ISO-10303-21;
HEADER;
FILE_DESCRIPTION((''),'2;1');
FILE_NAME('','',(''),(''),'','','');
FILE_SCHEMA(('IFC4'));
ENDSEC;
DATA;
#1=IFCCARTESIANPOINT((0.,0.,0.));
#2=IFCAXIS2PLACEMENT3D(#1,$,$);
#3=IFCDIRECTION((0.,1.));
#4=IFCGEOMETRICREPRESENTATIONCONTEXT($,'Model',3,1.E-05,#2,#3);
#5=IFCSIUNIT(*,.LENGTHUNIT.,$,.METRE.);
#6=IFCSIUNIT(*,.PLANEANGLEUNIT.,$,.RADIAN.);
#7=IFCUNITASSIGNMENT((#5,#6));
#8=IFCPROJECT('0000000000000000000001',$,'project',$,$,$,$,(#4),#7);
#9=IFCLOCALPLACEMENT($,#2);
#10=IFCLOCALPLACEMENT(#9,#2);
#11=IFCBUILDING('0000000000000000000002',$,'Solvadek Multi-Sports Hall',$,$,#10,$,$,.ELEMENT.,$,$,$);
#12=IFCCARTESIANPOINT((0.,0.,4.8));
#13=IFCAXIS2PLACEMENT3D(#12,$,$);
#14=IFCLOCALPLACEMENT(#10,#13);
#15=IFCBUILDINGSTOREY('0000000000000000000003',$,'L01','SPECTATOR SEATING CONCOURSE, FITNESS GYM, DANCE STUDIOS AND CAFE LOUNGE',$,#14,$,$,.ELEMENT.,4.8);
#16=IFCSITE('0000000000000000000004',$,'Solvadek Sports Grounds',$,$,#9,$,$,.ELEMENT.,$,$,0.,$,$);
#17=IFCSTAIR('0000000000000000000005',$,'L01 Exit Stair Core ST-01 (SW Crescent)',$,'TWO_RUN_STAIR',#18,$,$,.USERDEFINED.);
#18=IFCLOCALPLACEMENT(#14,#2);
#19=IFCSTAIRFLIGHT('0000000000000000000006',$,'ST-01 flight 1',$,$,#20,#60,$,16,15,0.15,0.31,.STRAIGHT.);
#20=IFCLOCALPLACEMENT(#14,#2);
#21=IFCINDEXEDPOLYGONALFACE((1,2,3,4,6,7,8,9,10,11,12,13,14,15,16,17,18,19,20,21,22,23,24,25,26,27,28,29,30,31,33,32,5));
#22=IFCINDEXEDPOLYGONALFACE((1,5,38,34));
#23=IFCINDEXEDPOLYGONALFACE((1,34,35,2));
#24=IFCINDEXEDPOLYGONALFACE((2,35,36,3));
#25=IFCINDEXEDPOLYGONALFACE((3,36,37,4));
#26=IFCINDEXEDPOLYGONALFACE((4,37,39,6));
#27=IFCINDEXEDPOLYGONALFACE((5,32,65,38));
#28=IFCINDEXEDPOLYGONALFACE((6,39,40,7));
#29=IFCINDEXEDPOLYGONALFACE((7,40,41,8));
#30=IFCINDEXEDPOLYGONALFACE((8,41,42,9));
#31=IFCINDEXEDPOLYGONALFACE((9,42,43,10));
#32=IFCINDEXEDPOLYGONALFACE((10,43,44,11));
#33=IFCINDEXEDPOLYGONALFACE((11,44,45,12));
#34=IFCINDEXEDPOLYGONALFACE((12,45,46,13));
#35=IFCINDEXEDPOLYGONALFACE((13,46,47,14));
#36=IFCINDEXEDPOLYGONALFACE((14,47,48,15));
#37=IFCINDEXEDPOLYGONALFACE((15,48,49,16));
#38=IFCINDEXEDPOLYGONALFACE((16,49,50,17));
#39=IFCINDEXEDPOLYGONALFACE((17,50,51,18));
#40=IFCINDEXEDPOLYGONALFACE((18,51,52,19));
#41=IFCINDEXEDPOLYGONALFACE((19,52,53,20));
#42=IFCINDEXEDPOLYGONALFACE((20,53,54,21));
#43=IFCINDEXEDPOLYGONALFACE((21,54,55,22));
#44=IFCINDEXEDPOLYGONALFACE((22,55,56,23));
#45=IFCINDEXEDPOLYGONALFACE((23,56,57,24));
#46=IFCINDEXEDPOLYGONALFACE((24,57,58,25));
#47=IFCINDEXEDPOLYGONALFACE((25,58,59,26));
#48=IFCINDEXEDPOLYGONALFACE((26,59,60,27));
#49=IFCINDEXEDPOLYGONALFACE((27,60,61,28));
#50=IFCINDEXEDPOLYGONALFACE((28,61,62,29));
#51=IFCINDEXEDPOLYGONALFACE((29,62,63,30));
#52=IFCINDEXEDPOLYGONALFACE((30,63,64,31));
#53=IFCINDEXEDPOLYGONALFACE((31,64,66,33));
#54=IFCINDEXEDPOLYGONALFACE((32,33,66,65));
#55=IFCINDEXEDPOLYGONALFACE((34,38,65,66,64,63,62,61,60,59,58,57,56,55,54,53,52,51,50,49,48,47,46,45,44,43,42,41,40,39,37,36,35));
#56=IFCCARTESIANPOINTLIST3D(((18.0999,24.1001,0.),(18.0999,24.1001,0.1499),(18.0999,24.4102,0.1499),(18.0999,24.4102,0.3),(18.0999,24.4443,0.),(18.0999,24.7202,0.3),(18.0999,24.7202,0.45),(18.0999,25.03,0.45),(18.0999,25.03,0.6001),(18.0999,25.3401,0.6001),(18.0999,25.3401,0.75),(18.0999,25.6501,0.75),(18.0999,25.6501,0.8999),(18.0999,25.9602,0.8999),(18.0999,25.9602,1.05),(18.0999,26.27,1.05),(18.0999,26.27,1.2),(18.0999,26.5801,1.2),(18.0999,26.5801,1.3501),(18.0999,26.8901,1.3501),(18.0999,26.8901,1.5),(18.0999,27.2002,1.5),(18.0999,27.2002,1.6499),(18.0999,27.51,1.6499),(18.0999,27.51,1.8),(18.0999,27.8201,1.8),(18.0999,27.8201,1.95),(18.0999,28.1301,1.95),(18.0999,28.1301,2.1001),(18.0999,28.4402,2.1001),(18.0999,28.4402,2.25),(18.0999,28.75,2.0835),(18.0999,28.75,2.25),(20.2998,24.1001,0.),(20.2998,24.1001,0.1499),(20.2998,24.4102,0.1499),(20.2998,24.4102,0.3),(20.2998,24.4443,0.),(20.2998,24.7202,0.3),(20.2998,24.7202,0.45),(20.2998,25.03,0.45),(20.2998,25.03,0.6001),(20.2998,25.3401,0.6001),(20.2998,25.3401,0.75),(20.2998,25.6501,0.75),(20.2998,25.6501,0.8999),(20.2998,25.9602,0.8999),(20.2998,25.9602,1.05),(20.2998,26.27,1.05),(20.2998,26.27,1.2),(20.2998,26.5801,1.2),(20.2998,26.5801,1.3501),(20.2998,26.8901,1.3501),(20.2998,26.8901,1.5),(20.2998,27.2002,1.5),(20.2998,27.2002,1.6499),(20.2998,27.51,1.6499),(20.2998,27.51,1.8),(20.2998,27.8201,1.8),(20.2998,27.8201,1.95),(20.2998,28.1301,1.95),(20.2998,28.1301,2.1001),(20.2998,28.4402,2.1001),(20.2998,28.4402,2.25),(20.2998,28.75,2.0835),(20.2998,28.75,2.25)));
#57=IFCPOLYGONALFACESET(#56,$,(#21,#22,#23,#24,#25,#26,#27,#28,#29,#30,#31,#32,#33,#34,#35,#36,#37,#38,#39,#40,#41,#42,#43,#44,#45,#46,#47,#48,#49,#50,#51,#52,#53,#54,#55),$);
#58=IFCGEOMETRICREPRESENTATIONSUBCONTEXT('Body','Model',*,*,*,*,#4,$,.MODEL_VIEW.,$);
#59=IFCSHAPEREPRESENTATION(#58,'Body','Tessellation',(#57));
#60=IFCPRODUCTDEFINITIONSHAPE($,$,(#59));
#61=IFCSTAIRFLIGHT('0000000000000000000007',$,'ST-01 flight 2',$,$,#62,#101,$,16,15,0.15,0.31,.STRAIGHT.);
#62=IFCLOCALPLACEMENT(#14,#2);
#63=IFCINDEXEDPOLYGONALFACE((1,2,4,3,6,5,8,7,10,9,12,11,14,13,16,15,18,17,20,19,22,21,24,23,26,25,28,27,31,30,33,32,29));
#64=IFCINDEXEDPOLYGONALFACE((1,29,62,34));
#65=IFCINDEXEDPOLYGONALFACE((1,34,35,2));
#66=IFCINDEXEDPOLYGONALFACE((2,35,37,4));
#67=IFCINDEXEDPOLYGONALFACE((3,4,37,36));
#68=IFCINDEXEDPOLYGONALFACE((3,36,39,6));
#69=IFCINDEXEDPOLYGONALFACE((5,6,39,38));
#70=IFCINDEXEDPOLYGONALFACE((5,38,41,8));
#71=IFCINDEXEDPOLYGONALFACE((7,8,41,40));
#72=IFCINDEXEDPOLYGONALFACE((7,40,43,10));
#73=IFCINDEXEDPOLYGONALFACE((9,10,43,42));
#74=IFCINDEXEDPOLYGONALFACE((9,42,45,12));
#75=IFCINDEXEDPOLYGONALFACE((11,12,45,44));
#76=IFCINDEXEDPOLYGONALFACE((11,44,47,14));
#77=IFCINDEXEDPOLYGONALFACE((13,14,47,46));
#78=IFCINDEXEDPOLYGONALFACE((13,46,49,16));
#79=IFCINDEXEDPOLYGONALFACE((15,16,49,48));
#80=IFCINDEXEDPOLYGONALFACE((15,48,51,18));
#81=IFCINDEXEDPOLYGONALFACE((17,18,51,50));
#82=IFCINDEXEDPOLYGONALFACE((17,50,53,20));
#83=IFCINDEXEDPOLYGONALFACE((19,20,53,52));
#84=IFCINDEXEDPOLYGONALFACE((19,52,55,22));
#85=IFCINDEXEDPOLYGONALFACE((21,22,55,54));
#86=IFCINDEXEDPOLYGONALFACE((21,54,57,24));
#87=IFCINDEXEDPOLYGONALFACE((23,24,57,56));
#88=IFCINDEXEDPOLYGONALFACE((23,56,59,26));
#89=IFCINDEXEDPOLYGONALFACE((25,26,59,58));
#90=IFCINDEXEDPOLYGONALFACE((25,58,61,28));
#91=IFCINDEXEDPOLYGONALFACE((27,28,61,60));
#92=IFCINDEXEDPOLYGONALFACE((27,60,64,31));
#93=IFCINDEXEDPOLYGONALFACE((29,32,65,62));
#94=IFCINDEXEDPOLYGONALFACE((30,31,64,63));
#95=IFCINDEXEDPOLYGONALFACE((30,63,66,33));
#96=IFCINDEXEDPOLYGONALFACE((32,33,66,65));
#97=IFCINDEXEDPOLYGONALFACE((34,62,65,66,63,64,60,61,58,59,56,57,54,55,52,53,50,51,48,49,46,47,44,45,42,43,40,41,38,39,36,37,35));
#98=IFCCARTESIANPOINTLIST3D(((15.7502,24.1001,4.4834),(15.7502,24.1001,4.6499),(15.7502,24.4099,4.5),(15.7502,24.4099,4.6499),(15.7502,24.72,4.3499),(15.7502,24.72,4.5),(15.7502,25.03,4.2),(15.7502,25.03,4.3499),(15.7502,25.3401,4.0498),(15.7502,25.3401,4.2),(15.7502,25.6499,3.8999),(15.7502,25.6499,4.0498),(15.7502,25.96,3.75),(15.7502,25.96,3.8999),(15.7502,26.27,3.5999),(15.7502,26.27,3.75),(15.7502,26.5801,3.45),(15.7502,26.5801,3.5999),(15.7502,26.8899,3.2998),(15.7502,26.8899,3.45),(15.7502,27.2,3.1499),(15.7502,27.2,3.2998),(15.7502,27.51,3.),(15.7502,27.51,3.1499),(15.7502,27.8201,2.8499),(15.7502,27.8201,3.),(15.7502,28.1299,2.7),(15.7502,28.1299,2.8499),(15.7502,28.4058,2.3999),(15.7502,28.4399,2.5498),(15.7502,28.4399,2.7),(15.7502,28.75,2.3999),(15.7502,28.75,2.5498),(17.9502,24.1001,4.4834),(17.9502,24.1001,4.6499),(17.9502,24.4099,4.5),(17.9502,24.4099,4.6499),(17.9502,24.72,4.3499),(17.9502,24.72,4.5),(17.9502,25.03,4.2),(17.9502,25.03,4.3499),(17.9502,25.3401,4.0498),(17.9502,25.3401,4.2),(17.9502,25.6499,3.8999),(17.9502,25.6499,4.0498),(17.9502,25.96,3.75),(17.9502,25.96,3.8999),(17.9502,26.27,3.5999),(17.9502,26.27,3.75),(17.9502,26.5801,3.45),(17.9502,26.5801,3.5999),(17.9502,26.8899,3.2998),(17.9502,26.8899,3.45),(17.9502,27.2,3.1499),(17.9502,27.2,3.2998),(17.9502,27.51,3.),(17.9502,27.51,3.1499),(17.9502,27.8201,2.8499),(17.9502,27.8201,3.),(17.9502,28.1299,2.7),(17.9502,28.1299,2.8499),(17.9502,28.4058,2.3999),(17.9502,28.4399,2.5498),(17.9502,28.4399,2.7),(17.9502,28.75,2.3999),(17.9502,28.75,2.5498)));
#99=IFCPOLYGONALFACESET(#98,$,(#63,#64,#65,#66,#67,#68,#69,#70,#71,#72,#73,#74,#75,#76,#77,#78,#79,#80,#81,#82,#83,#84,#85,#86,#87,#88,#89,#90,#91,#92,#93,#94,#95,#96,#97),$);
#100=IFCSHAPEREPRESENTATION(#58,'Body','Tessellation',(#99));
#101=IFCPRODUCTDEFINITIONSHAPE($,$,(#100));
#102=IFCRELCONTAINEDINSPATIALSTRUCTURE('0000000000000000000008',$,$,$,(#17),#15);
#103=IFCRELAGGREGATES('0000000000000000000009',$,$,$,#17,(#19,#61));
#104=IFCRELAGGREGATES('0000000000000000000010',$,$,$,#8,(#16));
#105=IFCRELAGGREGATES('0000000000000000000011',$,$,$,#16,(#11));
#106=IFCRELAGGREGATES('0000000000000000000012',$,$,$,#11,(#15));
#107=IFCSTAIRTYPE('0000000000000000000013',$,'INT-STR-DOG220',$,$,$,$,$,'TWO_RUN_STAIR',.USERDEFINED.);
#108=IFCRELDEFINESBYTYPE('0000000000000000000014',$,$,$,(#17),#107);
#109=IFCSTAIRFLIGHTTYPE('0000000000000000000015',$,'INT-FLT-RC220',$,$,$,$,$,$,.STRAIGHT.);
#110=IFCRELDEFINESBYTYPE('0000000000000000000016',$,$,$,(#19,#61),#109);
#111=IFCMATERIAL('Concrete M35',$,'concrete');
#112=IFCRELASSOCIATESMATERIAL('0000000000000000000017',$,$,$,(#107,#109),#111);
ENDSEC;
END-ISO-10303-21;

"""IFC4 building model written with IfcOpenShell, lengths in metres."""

from ifc_helpers import new_model, si_unit, direction, frame, origin, place, context, subcontext, project, spatial, polyline, outline, extrude, material, type_object, element, aggregate, save


model = new_model("IFC4")

# Units and contexts
model_context = context("Model", 3, precision=1e-05, world=origin(), true_north=direction((0.0, 1.0)))
body_context = subcontext(model_context, "Body", "Model", "MODEL_VIEW")
ifc_project = project(units=[si_unit("LENGTHUNIT", "METRE"), si_unit("PLANEANGLEUNIT", "RADIAN")], contexts=[model_context])

# Site, building, storey
site_placement = place(None, origin())
site = spatial("IfcSite", under=ifc_project, at=site_placement, Name="Solvadek Sports Grounds", CompositionType="ELEMENT", RefElevation=0.0)
building_placement = place(site_placement, origin())
building = spatial("IfcBuilding", under=site, at=building_placement, Name="Solvadek Multi-Sports Hall", CompositionType="ELEMENT")
storey_placement = place(building_placement, frame((0.0, 0.0, 4.8)))
storey = spatial("IfcBuildingStorey", under=building, at=storey_placement, Name="L01", Description="SPECTATOR SEATING CONCOURSE, FITNESS GYM, DANCE STUDIOS AND CAFE LOUNGE", CompositionType="ELEMENT", Elevation=4.8)

# Stair, stair flights
ifc_material_1 = material(Name="Concrete M35", Category="concrete")
stair_type = type_object("IfcStairType", Name="INT-STR-DOG220", ElementType="TWO_RUN_STAIR", PredefinedType="USERDEFINED", material=ifc_material_1)
stair_placement = place(storey_placement, origin())
stair = element("IfcStair", 1, at=stair_placement, inside=storey, type_object=stair_type, Name="L01 Exit Stair Core ST-01 (SW Crescent)", ObjectType="TWO_RUN_STAIR", PredefinedType="USERDEFINED")
stair_flight_type = type_object("IfcStairFlightType", Name="INT-FLT-RC220", PredefinedType="STRAIGHT", material=ifc_material_1)
stair_flight_1_placement = place(storey_placement, frame((19.2, 24.1001, 0.0), z_axis=(0.0, 0.0, 1.0), x_axis=(0.0, 1.0, 0.0)))
stair_flight_1 = element("IfcStairFlight", 2, at=stair_flight_1_placement, type_object=stair_flight_type, Name="ST-01 flight 1", NumberOfRisers=16, NumberOfTreads=15, PredefinedType="STRAIGHT", RiserHeight=0.15, TreadLength=0.31, context=body_context, shape_type="SweptSolid", body=[
    extrude(outline(polyline([(0.0, 0.0), (0.0, 0.1499), (0.3101, 0.1499), (0.3101, 0.3), (0.6201, 0.3), (0.6201, 0.45), (0.9299, 0.45), (0.9299, 0.6001), (1.24, 0.6001), (1.24, 0.75), (1.55, 0.75), (1.55, 0.8999), (1.8601, 0.8999), (1.8601, 1.05), (2.1699, 1.05), (2.1699, 1.2), (2.48, 1.2), (2.48, 1.3501), (2.79, 1.3501), (2.79, 1.5), (3.1001, 1.5), (3.1001, 1.6499), (3.4099, 1.6499), (3.4099, 1.8), (3.72, 1.8), (3.72, 1.95), (4.03, 1.95), (4.03, 2.1001), (4.3401, 2.1001), (4.3401, 2.25), (4.6499, 2.25), (4.6499, 2.3999), (4.6499, 2.0835), (0.3442, 0.0), (0.0, 0.0)])), frame((0.0, 1.1001, 0.0), z_axis=(0.0, -1.0, 0.0), x_axis=(1.0, 0.0, 0.0)), (0.0, 0.0, 1.0), 2.2),
])
stair_flight_2_placement = place(storey_placement, frame((16.8501, 28.75, 2.3999), z_axis=(0.0, 0.0, 1.0), x_axis=(0.0, -1.0, 0.0)))
stair_flight_2 = element("IfcStairFlight", 3, at=stair_flight_2_placement, type_object=stair_flight_type, Name="ST-01 flight 2", NumberOfRisers=16, NumberOfTreads=15, PredefinedType="STRAIGHT", RiserHeight=0.15, TreadLength=0.31, context=body_context, shape_type="SweptSolid", body=[
    extrude(outline(polyline([(0.0, 0.0), (0.0, 0.1499), (0.3101, 0.1499), (0.3101, 0.3), (0.6201, 0.3), (0.6201, 0.45), (0.9299, 0.45), (0.9299, 0.6001), (1.24, 0.6001), (1.24, 0.75), (1.55, 0.75), (1.55, 0.8999), (1.8601, 0.8999), (1.8601, 1.05), (2.1699, 1.05), (2.1699, 1.2), (2.48, 1.2), (2.48, 1.3501), (2.79, 1.3501), (2.79, 1.5), (3.1001, 1.5), (3.1001, 1.6499), (3.4099, 1.6499), (3.4099, 1.8), (3.72, 1.8), (3.72, 1.95), (4.03, 1.95), (4.03, 2.1001), (4.3401, 2.1001), (4.3401, 2.25), (4.6499, 2.25), (4.6499, 2.3999), (4.6499, 2.0835), (0.3442, 0.0), (0.0, 0.0)])), frame((0.0, 1.1001, 0.0), z_axis=(0.0, -1.0, 0.0), x_axis=(1.0, 0.0, 0.0)), (0.0, 0.0, 1.0), 2.2),
])
aggregate(stair, [stair_flight_1, stair_flight_2])

save(model, "model.ifc")
